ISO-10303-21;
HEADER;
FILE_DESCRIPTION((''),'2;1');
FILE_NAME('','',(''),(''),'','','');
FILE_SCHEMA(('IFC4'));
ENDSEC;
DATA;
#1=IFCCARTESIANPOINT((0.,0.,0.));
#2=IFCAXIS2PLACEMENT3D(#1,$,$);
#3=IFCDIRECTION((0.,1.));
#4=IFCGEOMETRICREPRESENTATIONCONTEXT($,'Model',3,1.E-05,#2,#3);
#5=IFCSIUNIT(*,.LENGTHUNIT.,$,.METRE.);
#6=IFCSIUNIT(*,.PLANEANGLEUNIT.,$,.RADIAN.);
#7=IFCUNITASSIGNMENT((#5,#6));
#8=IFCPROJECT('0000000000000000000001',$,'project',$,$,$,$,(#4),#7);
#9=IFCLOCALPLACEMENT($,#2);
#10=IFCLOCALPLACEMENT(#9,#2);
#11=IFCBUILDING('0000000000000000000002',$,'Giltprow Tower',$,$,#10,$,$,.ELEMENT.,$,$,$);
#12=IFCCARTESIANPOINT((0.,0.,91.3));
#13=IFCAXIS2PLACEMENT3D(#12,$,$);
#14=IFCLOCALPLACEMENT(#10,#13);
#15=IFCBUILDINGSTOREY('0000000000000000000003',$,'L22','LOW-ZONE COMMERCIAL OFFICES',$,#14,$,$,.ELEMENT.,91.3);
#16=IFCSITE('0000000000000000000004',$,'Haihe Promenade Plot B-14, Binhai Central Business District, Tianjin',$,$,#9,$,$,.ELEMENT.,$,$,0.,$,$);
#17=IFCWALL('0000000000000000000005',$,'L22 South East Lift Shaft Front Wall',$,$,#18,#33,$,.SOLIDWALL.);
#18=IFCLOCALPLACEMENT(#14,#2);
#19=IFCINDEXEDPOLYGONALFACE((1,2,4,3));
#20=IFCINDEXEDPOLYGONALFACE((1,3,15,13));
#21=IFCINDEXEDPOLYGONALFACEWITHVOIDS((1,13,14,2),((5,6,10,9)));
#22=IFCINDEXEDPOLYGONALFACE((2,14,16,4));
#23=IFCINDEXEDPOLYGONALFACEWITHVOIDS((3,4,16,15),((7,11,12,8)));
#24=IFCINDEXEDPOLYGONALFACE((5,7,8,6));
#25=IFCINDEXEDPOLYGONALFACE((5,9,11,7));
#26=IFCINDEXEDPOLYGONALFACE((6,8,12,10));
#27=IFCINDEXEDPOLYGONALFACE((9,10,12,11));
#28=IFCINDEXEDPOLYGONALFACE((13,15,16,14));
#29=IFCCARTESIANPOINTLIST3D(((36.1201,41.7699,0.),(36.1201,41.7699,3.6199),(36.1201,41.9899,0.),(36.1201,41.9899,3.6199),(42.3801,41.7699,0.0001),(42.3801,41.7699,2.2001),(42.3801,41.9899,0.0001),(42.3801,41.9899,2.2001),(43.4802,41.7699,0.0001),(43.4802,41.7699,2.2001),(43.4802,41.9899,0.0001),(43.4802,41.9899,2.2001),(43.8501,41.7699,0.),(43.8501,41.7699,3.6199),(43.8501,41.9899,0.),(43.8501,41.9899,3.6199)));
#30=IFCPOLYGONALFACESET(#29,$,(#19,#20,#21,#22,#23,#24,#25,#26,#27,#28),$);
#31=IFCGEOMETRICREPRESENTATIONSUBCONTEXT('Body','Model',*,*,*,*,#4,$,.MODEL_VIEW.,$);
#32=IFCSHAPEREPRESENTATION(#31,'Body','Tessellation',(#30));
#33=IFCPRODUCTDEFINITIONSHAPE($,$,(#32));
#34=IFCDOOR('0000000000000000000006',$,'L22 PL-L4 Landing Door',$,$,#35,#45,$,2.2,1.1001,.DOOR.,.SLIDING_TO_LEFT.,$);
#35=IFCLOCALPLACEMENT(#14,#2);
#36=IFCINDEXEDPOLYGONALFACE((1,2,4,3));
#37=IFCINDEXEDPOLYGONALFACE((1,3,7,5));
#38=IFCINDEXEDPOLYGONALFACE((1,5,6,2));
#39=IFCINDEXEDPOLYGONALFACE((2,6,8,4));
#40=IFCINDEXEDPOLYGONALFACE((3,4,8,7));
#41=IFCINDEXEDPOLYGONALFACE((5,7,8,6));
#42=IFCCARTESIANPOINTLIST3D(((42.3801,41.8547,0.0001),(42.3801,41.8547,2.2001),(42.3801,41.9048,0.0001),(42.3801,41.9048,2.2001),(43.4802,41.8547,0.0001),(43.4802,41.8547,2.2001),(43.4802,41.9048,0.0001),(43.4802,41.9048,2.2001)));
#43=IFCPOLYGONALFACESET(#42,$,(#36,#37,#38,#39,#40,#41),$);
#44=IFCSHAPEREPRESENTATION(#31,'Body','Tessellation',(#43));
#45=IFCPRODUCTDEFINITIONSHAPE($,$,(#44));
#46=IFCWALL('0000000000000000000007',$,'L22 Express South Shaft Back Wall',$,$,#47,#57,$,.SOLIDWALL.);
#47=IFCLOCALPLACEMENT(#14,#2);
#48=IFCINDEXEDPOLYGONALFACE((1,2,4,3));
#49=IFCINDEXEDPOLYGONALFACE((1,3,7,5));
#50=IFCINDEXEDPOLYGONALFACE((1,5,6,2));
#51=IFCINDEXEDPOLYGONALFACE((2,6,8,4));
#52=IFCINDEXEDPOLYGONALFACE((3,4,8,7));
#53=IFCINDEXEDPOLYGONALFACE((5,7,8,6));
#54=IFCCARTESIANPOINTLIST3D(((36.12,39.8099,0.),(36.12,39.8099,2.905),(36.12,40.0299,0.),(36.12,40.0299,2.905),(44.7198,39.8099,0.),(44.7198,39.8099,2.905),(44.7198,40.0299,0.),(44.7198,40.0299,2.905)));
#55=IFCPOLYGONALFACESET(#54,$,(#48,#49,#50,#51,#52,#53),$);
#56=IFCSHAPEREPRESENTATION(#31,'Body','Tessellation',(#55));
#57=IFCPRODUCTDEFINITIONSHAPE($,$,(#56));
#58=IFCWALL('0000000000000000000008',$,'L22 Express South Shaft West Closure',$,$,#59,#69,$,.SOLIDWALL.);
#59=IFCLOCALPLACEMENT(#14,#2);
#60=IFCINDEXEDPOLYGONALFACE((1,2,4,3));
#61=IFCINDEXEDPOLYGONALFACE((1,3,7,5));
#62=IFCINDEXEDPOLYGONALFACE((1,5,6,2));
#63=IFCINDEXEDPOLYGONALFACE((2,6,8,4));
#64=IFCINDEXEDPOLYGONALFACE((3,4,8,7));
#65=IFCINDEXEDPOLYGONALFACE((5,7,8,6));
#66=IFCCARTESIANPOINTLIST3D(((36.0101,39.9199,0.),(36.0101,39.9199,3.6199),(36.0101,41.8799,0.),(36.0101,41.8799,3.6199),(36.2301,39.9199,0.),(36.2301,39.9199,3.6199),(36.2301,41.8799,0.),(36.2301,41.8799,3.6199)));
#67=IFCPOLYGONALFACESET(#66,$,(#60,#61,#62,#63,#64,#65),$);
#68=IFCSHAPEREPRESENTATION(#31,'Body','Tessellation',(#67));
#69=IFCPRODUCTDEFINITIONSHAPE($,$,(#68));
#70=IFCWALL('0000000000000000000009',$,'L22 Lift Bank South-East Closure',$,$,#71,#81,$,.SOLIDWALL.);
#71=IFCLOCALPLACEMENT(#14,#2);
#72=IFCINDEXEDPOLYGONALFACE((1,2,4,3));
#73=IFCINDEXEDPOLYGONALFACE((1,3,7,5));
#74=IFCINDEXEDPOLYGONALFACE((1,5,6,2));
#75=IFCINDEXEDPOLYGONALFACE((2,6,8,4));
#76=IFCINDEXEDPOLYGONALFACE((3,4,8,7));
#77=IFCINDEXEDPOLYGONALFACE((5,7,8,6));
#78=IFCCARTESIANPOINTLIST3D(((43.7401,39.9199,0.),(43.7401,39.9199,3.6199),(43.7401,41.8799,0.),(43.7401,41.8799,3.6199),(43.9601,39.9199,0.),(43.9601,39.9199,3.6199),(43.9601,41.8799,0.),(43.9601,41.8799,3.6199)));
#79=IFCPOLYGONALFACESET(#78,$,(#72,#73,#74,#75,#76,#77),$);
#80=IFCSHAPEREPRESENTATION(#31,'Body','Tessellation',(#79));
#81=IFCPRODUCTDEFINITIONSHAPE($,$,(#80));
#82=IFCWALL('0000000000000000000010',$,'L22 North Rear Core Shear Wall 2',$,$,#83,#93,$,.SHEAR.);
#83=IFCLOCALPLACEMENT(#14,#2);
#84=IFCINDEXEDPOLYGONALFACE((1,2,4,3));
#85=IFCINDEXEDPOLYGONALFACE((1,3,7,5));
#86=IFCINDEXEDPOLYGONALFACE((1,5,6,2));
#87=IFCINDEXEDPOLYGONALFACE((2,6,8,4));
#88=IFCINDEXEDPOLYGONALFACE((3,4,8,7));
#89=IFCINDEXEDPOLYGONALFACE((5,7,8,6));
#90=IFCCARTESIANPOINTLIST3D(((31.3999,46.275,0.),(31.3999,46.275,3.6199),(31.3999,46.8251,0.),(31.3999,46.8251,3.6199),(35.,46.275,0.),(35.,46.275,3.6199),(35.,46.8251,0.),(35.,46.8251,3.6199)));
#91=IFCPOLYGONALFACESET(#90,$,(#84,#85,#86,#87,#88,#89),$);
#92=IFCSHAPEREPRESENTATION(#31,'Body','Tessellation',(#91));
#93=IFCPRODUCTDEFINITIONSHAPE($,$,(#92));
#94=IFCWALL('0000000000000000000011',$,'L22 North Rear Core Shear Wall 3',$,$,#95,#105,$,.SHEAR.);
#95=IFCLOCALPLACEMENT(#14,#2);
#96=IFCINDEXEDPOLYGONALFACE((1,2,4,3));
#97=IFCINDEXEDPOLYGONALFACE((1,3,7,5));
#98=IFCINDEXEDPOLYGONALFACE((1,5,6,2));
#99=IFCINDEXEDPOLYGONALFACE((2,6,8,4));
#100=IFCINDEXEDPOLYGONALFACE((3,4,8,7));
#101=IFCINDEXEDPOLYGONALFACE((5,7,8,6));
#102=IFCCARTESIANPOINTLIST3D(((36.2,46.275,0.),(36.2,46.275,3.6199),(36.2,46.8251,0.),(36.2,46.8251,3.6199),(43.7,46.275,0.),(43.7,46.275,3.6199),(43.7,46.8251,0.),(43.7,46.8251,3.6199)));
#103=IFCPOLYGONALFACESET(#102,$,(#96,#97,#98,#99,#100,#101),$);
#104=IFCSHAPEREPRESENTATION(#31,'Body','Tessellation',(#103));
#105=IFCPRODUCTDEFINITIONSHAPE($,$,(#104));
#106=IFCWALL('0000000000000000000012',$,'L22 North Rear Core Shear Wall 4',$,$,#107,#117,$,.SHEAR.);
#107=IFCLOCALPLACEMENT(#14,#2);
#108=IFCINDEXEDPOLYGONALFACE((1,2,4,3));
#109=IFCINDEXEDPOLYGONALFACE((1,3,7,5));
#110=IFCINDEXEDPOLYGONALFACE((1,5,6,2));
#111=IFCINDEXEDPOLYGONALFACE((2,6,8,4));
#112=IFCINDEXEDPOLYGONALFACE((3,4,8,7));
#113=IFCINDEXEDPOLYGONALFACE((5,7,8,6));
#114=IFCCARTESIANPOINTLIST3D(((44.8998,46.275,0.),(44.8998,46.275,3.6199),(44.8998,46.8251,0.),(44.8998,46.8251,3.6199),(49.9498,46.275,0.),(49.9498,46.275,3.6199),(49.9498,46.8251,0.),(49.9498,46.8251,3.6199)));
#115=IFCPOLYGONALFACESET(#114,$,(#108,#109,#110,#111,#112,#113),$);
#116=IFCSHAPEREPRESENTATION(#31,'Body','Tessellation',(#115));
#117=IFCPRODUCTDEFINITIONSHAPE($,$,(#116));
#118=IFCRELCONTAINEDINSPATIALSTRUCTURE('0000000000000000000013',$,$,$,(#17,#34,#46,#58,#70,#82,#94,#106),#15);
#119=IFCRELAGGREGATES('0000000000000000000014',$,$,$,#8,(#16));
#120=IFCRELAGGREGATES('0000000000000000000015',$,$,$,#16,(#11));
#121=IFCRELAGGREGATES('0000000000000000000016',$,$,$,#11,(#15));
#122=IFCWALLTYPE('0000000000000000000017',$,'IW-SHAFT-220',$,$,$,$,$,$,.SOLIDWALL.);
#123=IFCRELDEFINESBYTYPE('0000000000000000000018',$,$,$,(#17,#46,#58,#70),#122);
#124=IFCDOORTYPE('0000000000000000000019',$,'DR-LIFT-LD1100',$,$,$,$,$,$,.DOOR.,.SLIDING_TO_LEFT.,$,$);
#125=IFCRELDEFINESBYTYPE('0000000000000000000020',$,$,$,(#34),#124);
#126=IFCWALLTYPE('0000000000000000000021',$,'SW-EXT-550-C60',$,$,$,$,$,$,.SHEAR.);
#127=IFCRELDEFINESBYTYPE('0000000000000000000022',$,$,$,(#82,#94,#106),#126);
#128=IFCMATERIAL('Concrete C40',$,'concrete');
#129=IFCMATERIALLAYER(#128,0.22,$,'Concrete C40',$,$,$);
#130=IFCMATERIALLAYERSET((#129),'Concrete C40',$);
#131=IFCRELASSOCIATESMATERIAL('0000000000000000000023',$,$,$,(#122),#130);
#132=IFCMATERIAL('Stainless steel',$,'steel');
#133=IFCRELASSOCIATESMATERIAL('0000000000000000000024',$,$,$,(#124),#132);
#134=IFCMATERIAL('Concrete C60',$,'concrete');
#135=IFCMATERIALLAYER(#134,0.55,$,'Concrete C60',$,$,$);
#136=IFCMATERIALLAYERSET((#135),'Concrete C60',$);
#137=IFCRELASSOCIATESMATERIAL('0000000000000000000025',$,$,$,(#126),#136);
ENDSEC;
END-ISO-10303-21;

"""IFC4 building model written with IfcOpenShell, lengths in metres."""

from ifc_helpers import new_model, si_unit, direction, frame, frame_2d, origin, place, context, subcontext, project, spatial, rectangle, extrude, source, transform, mapped, material, layer, layer_set, type_object, element, fill, save


model = new_model("IFC4")

# Units and contexts
model_context = context("Model", 3, precision=1e-05, world=origin(), true_north=direction((0.0, 1.0)))
body_context = subcontext(model_context, "Body", "Model", "MODEL_VIEW")
ifc_project = project(units=[si_unit("LENGTHUNIT", "METRE"), si_unit("PLANEANGLEUNIT", "RADIAN")], contexts=[model_context])

# Site, building, storey
site_placement = place(None, origin())
site = spatial("IfcSite", under=ifc_project, at=site_placement, Name="Haihe Promenade Plot B-14, Binhai Central Business District, Tianjin", CompositionType="ELEMENT", RefElevation=0.0)
building_placement = place(site_placement, origin())
building = spatial("IfcBuilding", under=site, at=building_placement, Name="Giltprow Tower", CompositionType="ELEMENT")
storey_placement = place(building_placement, frame((0.0, 0.0, 91.3)))
storey = spatial("IfcBuildingStorey", under=building, at=storey_placement, Name="L22", Description="LOW-ZONE COMMERCIAL OFFICES", CompositionType="ELEMENT", Elevation=91.3)

# Shared definitions
ifc_material_1 = material(Name="Concrete C60", Category="concrete")

# Shared definitions
ifc_material_2 = material(Name="Concrete C40", Category="concrete")
ifc_layer_1 = layer(ifc_material_2, 0.22, Name="Concrete C40")
ifc_layer_set_1 = layer_set([ifc_layer_1], Name="Concrete C40")
wall_type_1 = type_object("IfcWallType", Name="IW-SHAFT-220", PredefinedType="SOLIDWALL", material=ifc_layer_set_1)
ifc_material_3 = material(Name="Stainless steel", Category="steel")
door_type = type_object("IfcDoorType", Name="DR-LIFT-LD1100", OperationType="SLIDING_TO_LEFT", PredefinedType="DOOR", material=ifc_material_3)
shared_shape_1 = source(origin(), body_context, "Body", "SweptSolid", [
    extrude(rectangle(XDim=1.1001, YDim=2.2, at=frame_2d((0.55, 1.1001))), frame((0.0, 0.0249, 0.0), z_axis=(0.0, -1.0, 0.0), x_axis=(1.0, 0.0, 0.0)), (0.0, 0.0, 1.0), 0.05),
])

# Wall, opening, door
wall_1_placement = place(storey_placement, frame((36.1201, 41.8799, 0.0), z_axis=(0.0, 0.0, 1.0), x_axis=(1.0, 0.0, 0.0)))
wall_1 = element("IfcWall", 1, at=wall_1_placement, inside=storey, type_object=wall_type_1, Name="L22 South East Lift Shaft Front Wall", PredefinedType="SOLIDWALL", context=body_context, shape_type="SweptSolid", body=[
    extrude(rectangle(XDim=7.73, YDim=0.22, at=frame_2d((3.865, 0.0))), origin(), (0.0, 0.0, 1.0), 3.6199),
])
opening_1_placement = place(wall_1_placement, frame((6.26, 0.0, 0.0)))
opening_1 = element("IfcOpeningElement", 2, at=opening_1_placement, cuts=wall_1, PredefinedType="OPENING", context=body_context, shape_type="SweptSolid", body=[
    extrude(rectangle(XDim=1.1001, YDim=2.2, at=frame_2d((0.55, 1.1001))), frame((0.0, 0.1199, 0.0), z_axis=(0.0, -1.0, 0.0), x_axis=(1.0, 0.0, 0.0)), (0.0, 0.0, 1.0), 0.24),
])
door_1_placement = place(opening_1_placement, origin())
door_1 = element("IfcDoor", 3, at=door_1_placement, inside=storey, type_object=door_type, Name="L22 PL-L4 Landing Door", OperationType="SLIDING_TO_LEFT", OverallHeight=2.2, OverallWidth=1.1001, PredefinedType="DOOR", context=body_context, shape_type="MappedRepresentation", body=[
    mapped(shared_shape_1, transform((0.0, 0.0, 0.0), x_axis=(1.0, 0.0, 0.0), y_axis=(0.0, 1.0, 0.0), z_axis=(0.0, 0.0, 1.0), scale=1.0)),
])
fill(opening_1, door_1)

# Walls
wall_2_placement = place(storey_placement, frame((36.1201, 39.9199, 0.0), z_axis=(0.0, 0.0, 1.0), x_axis=(1.0, 0.0, 0.0)))
element("IfcWall", 4, at=wall_2_placement, inside=storey, type_object=wall_type_1, Name="L22 Express South Shaft Back Wall", PredefinedType="SOLIDWALL", context=body_context, shape_type="SweptSolid", body=[
    extrude(rectangle(XDim=8.5999, YDim=0.22, at=frame_2d((4.2998, 0.0))), origin(), (0.0, 0.0, 1.0), 2.905),
])
for number, where, z_axis, x_axis, name in (
    (5, (36.1201, 39.9199, 0.0), (0.0, 0.0, 1.0), (0.0, 1.0, 0.0), "L22 Express South Shaft West Closure"),
    (6, (43.8501, 39.9199, 0.0), (0.0, 0.0, 1.0), (0.0, 1.0, 0.0), "L22 Lift Bank South-East Closure"),
):
    element("IfcWall", number, at=place(storey_placement, frame(where, z_axis=z_axis, x_axis=x_axis)), inside=storey, type_object=wall_type_1, Name=name, PredefinedType="SOLIDWALL", context=body_context, shape_type="SweptSolid", body=[
        extrude(rectangle(XDim=1.96, YDim=0.22, at=frame_2d((0.98, 0.0))), origin(), (0.0, 0.0, 1.0), 3.6199),
    ])
ifc_layer_2 = layer(ifc_material_1, 0.55, Name="Concrete C60")
ifc_layer_set_2 = layer_set([ifc_layer_2], Name="Concrete C60")
wall_type_2 = type_object("IfcWallType", Name="SW-EXT-550-C60", PredefinedType="SHEAR", material=ifc_layer_set_2)
wall_3_placement = place(storey_placement, frame((31.3999, 46.55, 0.0), z_axis=(0.0, 0.0, 1.0), x_axis=(1.0, 0.0, 0.0)))
element("IfcWall", 7, at=wall_3_placement, inside=storey, type_object=wall_type_2, Name="L22 North Rear Core Shear Wall 2", PredefinedType="SHEAR", context=body_context, shape_type="SweptSolid", body=[
    extrude(rectangle(XDim=3.6001, YDim=0.55, at=frame_2d((1.8, 0.0))), origin(), (0.0, 0.0, 1.0), 3.6199),
])
wall_4_placement = place(storey_placement, frame((36.2, 46.55, 0.0), z_axis=(0.0, 0.0, 1.0), x_axis=(1.0, 0.0, 0.0)))
element("IfcWall", 8, at=wall_4_placement, inside=storey, type_object=wall_type_2, Name="L22 North Rear Core Shear Wall 3", PredefinedType="SHEAR", context=body_context, shape_type="SweptSolid", body=[
    extrude(rectangle(XDim=7.5, YDim=0.55, at=frame_2d((3.75, 0.0))), origin(), (0.0, 0.0, 1.0), 3.6199),
])
wall_5_placement = place(storey_placement, frame((44.8999, 46.55, 0.0), z_axis=(0.0, 0.0, 1.0), x_axis=(1.0, 0.0, 0.0)))
element("IfcWall", 9, at=wall_5_placement, inside=storey, type_object=wall_type_2, Name="L22 North Rear Core Shear Wall 4", PredefinedType="SHEAR", context=body_context, shape_type="SweptSolid", body=[
    extrude(rectangle(XDim=5.05, YDim=0.55, at=frame_2d((2.5249, 0.0))), origin(), (0.0, 0.0, 1.0), 3.6199),
])

save(model, "model.ifc")
